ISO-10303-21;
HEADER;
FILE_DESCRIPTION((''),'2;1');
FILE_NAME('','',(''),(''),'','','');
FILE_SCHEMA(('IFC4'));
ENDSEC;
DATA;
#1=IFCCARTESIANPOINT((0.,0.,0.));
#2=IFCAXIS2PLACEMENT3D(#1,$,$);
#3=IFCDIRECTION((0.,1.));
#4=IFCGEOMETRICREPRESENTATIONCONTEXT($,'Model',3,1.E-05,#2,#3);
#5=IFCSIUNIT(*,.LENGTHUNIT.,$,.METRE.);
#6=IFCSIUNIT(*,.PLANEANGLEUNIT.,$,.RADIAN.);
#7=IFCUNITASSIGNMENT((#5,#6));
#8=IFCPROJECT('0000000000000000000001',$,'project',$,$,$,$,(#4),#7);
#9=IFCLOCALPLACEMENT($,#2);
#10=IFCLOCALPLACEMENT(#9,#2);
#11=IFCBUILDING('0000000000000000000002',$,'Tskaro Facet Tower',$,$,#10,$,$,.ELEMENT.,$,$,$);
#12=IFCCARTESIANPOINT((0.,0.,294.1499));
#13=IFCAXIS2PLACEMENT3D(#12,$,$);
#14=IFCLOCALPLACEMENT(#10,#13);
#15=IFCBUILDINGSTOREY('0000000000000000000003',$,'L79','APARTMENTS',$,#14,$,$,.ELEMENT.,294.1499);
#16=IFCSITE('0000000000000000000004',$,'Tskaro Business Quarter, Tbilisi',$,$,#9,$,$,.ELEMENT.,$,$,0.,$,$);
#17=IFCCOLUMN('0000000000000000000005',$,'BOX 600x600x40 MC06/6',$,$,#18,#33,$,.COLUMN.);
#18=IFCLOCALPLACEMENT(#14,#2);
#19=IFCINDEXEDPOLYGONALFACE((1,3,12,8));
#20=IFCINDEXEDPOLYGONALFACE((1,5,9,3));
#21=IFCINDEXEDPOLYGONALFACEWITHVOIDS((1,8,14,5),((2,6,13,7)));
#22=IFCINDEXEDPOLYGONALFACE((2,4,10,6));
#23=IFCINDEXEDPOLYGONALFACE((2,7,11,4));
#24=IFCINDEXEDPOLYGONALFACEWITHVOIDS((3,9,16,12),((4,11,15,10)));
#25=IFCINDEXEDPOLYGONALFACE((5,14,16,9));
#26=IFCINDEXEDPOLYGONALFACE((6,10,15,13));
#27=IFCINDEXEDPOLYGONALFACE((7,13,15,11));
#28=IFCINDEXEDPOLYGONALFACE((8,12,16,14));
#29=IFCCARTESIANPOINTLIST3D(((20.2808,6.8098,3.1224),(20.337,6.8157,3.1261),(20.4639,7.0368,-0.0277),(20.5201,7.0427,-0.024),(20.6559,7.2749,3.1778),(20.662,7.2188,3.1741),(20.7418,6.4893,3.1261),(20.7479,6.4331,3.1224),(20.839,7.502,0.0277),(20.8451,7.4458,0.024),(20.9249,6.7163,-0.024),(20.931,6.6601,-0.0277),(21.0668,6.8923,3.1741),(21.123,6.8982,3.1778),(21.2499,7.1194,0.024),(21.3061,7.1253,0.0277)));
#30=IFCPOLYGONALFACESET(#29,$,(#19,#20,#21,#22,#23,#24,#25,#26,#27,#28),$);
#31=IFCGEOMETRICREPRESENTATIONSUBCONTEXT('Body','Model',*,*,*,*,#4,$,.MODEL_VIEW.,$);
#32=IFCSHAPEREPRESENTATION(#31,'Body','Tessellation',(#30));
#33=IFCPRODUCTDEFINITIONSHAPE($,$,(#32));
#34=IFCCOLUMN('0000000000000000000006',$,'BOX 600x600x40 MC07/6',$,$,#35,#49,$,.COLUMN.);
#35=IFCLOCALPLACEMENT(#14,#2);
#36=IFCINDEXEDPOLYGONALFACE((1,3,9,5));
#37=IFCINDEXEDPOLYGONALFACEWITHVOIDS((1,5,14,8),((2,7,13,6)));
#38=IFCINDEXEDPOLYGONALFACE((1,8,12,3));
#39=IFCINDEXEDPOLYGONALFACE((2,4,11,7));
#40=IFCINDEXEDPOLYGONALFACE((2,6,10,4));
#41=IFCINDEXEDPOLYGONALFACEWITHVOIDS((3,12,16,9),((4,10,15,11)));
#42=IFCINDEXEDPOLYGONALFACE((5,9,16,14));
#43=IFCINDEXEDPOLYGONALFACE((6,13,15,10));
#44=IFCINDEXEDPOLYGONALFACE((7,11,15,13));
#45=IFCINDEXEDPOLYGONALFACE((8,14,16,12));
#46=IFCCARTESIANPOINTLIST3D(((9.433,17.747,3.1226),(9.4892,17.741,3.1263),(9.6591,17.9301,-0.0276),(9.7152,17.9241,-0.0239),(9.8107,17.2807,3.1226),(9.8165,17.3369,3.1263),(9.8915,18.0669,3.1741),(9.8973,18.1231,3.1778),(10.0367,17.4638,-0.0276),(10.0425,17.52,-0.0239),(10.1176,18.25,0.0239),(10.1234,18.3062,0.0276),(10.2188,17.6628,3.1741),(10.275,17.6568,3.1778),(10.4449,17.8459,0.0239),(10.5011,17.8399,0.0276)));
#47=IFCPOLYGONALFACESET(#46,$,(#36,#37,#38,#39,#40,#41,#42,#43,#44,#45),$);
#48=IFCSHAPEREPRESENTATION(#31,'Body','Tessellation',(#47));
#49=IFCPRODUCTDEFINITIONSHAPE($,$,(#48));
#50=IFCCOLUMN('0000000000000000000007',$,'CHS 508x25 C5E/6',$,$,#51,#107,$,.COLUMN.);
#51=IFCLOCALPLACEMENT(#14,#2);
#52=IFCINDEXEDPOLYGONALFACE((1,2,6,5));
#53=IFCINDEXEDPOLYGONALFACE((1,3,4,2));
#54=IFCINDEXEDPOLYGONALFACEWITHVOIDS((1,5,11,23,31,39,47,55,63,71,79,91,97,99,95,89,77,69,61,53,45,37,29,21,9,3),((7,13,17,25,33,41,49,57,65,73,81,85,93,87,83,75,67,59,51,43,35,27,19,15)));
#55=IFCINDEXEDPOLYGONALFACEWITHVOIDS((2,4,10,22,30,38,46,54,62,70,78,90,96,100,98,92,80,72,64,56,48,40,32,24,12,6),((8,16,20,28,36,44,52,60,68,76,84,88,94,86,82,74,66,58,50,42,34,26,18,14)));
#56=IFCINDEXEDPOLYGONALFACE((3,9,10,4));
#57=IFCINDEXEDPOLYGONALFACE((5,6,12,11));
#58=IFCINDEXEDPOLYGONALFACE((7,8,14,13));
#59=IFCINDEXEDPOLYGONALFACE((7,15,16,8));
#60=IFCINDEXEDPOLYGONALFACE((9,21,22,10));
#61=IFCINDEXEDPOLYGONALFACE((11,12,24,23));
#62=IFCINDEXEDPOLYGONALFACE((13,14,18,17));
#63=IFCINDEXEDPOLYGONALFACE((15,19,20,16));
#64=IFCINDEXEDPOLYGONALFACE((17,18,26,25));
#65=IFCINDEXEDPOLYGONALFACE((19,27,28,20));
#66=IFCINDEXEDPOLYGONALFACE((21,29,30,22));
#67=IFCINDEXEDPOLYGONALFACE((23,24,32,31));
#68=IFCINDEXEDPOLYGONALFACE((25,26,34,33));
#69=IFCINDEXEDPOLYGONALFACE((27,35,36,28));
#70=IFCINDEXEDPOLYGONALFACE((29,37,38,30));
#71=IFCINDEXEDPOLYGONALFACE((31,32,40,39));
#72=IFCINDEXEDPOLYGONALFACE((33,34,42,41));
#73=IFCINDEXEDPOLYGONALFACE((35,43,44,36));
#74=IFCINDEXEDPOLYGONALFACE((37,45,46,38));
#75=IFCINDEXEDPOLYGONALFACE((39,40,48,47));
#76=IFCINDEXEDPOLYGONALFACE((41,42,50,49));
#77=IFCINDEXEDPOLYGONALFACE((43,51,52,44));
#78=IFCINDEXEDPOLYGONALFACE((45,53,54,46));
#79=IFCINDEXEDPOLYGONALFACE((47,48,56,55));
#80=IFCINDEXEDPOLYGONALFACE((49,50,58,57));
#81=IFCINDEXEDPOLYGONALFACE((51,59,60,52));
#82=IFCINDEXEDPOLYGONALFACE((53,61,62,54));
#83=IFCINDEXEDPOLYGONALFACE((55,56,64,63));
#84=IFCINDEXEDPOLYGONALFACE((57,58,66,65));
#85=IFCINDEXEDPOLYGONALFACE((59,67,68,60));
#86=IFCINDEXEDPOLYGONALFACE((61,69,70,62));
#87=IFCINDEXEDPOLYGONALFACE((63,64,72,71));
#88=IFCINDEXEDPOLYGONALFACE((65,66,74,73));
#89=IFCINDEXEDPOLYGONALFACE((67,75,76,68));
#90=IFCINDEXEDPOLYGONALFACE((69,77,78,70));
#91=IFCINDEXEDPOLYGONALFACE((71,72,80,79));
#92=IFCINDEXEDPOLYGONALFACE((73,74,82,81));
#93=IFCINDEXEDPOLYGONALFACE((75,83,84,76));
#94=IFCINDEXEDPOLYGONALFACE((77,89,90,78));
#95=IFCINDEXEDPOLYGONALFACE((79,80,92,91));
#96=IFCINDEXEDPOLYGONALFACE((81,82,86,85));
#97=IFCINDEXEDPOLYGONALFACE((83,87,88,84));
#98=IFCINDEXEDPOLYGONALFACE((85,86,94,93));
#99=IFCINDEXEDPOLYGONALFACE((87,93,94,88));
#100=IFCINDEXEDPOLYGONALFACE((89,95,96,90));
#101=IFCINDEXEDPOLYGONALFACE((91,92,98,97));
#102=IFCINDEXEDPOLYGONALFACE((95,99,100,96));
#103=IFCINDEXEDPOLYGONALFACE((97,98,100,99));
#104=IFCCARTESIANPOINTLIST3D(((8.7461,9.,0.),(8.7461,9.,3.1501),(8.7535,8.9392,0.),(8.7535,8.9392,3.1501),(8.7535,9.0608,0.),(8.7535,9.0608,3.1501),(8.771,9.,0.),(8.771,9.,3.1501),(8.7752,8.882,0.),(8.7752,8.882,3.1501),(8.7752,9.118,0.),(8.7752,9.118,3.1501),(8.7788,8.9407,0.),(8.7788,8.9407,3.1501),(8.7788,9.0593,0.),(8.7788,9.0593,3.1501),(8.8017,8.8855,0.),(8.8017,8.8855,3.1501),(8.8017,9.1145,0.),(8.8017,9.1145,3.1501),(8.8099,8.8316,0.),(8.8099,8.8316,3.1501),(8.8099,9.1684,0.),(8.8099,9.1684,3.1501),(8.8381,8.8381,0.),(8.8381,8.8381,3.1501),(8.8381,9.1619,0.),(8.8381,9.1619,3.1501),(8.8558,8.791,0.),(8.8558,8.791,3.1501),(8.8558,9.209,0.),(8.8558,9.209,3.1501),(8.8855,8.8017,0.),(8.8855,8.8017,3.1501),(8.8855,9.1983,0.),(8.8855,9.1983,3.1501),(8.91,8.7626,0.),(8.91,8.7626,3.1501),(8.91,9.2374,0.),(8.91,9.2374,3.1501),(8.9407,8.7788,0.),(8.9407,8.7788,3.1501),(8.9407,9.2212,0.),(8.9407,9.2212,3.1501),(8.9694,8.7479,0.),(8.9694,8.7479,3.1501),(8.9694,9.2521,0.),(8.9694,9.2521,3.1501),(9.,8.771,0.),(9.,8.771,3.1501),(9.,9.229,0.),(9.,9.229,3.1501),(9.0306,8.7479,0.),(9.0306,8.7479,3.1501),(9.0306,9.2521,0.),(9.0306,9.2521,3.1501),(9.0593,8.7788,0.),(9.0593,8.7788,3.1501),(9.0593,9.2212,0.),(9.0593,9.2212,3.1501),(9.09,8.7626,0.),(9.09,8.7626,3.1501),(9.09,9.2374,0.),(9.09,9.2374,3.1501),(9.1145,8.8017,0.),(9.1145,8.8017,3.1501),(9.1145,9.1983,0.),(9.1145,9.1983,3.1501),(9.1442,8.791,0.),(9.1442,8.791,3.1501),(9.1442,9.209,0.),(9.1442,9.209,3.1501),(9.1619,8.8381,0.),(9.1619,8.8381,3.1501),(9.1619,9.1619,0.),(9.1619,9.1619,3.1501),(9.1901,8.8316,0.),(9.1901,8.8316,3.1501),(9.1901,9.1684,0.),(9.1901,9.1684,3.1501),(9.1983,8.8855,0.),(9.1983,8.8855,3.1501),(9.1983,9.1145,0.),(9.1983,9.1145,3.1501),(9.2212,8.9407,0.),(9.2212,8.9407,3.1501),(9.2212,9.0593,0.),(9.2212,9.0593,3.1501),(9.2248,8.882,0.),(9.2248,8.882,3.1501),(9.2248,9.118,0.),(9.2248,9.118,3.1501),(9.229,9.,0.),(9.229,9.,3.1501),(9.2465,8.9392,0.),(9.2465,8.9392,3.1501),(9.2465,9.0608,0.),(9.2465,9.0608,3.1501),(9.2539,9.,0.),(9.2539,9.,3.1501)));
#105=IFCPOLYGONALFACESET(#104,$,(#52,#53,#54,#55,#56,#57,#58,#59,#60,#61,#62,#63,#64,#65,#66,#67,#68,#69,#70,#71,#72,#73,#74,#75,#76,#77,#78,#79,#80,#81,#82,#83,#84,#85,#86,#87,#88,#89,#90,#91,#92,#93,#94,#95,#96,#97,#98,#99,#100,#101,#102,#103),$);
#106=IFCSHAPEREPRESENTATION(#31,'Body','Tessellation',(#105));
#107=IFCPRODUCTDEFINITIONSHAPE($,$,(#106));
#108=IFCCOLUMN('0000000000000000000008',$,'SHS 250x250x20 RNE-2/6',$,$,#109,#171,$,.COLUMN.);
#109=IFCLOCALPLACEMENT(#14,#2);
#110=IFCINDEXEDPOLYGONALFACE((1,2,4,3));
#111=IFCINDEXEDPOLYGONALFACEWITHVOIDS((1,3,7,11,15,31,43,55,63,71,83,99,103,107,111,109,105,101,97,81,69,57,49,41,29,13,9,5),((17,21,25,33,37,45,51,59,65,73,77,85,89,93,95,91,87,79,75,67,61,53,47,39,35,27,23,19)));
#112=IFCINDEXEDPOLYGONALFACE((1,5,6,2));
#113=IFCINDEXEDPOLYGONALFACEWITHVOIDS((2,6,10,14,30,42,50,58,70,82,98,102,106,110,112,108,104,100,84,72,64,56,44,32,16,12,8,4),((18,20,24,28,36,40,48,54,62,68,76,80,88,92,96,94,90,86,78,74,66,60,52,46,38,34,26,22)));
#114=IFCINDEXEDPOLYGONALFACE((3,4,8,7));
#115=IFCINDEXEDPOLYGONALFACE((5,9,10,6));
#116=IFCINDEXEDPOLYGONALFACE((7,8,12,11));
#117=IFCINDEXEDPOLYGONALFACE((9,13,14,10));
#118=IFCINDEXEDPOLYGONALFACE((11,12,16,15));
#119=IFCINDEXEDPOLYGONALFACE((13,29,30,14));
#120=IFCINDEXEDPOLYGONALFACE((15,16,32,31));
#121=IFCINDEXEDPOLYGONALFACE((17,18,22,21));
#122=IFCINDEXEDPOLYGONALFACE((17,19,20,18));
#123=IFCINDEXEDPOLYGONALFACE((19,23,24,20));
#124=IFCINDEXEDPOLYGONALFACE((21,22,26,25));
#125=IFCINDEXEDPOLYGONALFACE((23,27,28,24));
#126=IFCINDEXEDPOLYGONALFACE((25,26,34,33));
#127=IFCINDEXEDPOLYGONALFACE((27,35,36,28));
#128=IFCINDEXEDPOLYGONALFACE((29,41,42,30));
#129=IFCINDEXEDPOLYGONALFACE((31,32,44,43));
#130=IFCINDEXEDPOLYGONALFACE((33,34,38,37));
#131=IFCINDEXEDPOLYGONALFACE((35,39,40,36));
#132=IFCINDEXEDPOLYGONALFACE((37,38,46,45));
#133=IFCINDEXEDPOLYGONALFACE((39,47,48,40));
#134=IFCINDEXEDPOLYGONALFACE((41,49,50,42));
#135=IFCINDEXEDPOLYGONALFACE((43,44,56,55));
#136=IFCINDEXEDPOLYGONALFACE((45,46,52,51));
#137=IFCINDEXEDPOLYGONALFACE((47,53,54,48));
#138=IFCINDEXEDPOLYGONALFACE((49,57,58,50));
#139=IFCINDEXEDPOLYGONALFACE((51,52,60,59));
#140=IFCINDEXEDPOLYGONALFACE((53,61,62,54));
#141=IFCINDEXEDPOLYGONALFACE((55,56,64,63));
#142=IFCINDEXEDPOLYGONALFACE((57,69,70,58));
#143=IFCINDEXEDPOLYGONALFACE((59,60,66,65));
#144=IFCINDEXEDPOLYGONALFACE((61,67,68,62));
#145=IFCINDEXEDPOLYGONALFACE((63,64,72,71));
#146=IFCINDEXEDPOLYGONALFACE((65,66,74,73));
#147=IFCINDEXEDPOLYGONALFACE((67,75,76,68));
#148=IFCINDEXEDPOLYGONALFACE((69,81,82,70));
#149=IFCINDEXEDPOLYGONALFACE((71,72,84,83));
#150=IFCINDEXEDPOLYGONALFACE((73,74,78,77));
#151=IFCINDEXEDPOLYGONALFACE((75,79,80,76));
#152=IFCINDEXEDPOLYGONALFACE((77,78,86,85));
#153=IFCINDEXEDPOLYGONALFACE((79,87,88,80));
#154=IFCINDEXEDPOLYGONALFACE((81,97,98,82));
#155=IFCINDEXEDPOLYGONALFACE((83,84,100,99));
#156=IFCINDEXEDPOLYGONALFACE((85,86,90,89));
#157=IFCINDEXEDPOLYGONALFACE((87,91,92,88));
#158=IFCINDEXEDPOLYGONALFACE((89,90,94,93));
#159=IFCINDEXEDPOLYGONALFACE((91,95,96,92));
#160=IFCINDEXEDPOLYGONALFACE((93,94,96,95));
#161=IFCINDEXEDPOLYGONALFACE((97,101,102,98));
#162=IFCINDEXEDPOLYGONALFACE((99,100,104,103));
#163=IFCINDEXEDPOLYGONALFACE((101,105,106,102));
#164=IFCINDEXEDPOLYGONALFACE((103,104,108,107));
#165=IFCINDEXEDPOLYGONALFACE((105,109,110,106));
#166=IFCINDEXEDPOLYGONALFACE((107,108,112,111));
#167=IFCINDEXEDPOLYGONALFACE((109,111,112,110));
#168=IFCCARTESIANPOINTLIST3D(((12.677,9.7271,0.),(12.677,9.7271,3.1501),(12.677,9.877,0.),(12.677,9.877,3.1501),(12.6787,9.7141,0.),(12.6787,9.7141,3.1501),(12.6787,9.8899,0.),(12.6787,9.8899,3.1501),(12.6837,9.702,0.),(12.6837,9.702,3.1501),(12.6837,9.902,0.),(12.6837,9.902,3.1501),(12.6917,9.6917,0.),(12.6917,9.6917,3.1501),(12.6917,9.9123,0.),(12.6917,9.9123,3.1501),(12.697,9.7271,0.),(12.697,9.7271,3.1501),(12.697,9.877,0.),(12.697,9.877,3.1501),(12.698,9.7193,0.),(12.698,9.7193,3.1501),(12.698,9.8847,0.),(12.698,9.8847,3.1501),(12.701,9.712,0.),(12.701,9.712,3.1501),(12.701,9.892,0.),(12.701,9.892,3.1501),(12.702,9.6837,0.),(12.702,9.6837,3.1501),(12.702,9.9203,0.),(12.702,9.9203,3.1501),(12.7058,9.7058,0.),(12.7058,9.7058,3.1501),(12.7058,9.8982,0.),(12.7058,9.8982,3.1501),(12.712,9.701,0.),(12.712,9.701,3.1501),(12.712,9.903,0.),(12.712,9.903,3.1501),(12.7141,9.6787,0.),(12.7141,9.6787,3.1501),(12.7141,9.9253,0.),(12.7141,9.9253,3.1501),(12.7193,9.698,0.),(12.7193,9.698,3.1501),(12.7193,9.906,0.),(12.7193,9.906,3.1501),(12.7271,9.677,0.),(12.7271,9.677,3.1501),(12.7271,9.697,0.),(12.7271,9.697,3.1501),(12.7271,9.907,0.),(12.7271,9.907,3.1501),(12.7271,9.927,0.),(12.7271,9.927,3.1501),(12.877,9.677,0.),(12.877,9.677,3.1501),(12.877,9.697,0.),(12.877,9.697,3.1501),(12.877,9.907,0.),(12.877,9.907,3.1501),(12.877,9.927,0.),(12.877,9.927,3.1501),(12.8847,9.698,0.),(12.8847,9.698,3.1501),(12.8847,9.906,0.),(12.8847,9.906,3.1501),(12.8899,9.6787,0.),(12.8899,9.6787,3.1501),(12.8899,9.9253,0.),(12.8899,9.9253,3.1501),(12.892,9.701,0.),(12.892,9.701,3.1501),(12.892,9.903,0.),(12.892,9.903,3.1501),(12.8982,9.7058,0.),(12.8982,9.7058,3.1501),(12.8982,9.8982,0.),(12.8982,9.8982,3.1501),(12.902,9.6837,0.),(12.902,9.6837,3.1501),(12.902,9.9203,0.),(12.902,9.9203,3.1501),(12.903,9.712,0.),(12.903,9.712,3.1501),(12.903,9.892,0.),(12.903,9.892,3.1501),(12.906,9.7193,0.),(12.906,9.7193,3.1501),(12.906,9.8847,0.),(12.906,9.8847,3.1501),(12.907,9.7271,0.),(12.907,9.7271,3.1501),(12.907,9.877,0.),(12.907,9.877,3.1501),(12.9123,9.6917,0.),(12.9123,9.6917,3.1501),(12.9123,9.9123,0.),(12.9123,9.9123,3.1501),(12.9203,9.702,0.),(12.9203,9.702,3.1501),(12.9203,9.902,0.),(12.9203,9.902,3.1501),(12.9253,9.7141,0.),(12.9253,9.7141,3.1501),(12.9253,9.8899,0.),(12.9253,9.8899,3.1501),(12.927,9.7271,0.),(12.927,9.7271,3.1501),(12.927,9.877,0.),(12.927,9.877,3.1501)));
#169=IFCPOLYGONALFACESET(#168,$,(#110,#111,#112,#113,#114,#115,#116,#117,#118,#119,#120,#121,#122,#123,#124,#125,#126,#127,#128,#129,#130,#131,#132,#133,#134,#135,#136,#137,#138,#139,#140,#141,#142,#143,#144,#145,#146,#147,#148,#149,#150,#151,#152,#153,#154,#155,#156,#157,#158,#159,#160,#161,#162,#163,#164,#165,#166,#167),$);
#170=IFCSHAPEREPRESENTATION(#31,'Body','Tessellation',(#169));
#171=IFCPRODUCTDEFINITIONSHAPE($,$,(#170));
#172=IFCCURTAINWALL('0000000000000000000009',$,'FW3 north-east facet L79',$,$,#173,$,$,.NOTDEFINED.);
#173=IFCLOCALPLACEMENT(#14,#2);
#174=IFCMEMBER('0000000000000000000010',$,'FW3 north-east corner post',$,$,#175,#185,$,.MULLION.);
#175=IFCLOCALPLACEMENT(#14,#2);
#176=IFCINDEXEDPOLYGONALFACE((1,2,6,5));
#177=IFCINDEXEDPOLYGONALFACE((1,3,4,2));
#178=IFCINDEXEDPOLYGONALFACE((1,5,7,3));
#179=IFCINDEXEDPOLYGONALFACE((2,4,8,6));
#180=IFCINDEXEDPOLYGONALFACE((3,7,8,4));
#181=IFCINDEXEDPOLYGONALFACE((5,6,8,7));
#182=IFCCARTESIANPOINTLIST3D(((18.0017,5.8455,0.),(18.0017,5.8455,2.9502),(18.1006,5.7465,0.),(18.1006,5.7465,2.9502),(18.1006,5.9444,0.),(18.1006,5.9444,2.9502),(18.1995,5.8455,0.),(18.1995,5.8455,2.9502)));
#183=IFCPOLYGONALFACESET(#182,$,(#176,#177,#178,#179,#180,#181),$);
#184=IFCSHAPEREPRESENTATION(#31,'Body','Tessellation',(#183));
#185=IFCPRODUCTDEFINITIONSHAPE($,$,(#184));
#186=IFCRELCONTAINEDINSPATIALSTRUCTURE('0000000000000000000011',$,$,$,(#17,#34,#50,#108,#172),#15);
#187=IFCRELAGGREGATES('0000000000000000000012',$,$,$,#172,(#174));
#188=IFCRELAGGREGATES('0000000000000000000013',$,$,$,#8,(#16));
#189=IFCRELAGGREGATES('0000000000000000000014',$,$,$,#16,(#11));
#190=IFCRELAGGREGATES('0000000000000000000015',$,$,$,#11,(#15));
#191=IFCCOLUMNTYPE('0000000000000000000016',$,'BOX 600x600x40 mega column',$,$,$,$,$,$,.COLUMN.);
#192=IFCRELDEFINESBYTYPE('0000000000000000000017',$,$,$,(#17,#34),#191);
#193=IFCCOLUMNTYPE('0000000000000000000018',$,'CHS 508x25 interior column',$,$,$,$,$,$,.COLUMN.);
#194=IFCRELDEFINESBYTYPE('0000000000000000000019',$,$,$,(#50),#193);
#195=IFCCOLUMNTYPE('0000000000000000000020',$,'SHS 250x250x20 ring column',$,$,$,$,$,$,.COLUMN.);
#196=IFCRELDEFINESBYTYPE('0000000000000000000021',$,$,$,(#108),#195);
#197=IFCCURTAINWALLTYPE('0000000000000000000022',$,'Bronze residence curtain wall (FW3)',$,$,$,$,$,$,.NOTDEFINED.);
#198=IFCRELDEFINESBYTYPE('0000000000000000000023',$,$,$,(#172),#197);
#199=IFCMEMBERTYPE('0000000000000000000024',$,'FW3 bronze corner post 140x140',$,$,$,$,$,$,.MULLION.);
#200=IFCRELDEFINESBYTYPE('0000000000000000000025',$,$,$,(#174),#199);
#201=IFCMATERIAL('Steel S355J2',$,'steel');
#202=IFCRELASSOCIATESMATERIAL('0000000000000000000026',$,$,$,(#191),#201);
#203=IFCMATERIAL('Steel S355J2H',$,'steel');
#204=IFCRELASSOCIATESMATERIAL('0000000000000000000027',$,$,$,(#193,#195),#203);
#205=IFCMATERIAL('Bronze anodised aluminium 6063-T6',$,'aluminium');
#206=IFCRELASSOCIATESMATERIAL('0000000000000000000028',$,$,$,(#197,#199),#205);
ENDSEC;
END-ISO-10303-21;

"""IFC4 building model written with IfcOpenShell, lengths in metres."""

from ifc_helpers import new_model, si_unit, direction, frame, origin, origin_2d, place, context, subcontext, project, spatial, rectangle, hollow_rectangle, hollow_circle, extrude, material, material_profile, profile_set, type_object, element, aggregate, save


model = new_model("IFC4")

# Units and contexts
model_context = context("Model", 3, precision=1e-05, world=origin(), true_north=direction((0.0, 1.0)))
body_context = subcontext(model_context, "Body", "Model", "MODEL_VIEW")
ifc_project = project(units=[si_unit("LENGTHUNIT", "METRE"), si_unit("PLANEANGLEUNIT", "RADIAN")], contexts=[model_context])

# Site, building, storey
site_placement = place(None, origin())
site = spatial("IfcSite", under=ifc_project, at=site_placement, Name="Tskaro Business Quarter, Tbilisi", CompositionType="ELEMENT", RefElevation=0.0)
building_placement = place(site_placement, origin())
building = spatial("IfcBuilding", under=site, at=building_placement, Name="Tskaro Facet Tower", CompositionType="ELEMENT")
storey_placement = place(building_placement, frame((0.0, 0.0, 294.1499)))
storey = spatial("IfcBuildingStorey", under=building, at=storey_placement, Name="L79", Description="APARTMENTS", CompositionType="ELEMENT", Elevation=294.1499)

# Columns
ifc_material_1 = material(Name="Steel S355J2", Category="steel")
ifc_material_profile_1 = material_profile(ifc_material_1, hollow_rectangle(XDim=0.6001, YDim=0.6001, WallThickness=0.04, at=origin_2d()), Name="BOX 600x600x40")
ifc_profile_set_1 = profile_set([ifc_material_profile_1], Name="Steel S355J2")
column_type_1 = type_object("IfcColumnType", Name="BOX 600x600x40 mega column", PredefinedType="COLUMN", material=ifc_profile_set_1)
for number, where, z_axis, x_axis, name in (
    (1, (20.885, 7.0811, 0.0), (-0.057878, -0.071769, 0.995741), (0.778413, -0.627752, 0.0), "BOX 600x600x40 MC06/6"),
    (2, (10.0801, 17.885, 0.0), (-0.071462, -0.05788, 0.995763), (0.629391, -0.777089, 0.0), "BOX 600x600x40 MC07/6"),
):
    element("IfcColumn", number, at=place(storey_placement, frame(where, z_axis=z_axis, x_axis=x_axis)), inside=storey, type_object=column_type_1, Name=name, PredefinedType="COLUMN", context=body_context, shape_type="SweptSolid", body=[
        extrude(hollow_rectangle(XDim=0.6001, YDim=0.6001, WallThickness=0.04, at=origin_2d()), origin(), (0.0, 0.0, 1.0), 3.1636),
    ])
ifc_material_2 = material(Name="Steel S355J2H", Category="steel")
ifc_material_profile_2 = material_profile(ifc_material_2, hollow_circle(Radius=0.2539, WallThickness=0.0249, at=origin_2d()), Name="CHS 508x25")
ifc_profile_set_2 = profile_set([ifc_material_profile_2], Name="Steel S355J2H")
column_type_2 = type_object("IfcColumnType", Name="CHS 508x25 interior column", PredefinedType="COLUMN", material=ifc_profile_set_2)
column_1_placement = place(storey_placement, frame((9.0, 9.0, 0.0), z_axis=(0.0, 0.0, 1.0), x_axis=(1.0, 0.0, 0.0)))
element("IfcColumn", 3, at=column_1_placement, inside=storey, type_object=column_type_2, Name="CHS 508x25 C5E/6", PredefinedType="COLUMN", context=body_context, shape_type="SweptSolid", body=[
    extrude(hollow_circle(Radius=0.2539, WallThickness=0.0249, at=origin_2d()), origin(), (0.0, 0.0, 1.0), 3.1501),
])
ifc_material_profile_3 = material_profile(ifc_material_2, hollow_rectangle(XDim=0.25, YDim=0.25, WallThickness=0.02, InnerFilletRadius=0.03, OuterFilletRadius=0.05, at=origin_2d()), Name="SHS 250x250x20")
ifc_profile_set_3 = profile_set([ifc_material_profile_3], Name="Steel S355J2H")
column_type_3 = type_object("IfcColumnType", Name="SHS 250x250x20 ring column", PredefinedType="COLUMN", material=ifc_profile_set_3)
column_2_placement = place(storey_placement, frame((12.802, 9.802, 0.0), z_axis=(0.0, 0.0, 1.0), x_axis=(1.0, 0.0, 0.0)))
element("IfcColumn", 4, at=column_2_placement, inside=storey, type_object=column_type_3, Name="SHS 250x250x20 RNE-2/6", PredefinedType="COLUMN", context=body_context, shape_type="SweptSolid", body=[
    extrude(hollow_rectangle(XDim=0.25, YDim=0.25, WallThickness=0.02, InnerFilletRadius=0.03, OuterFilletRadius=0.05, at=origin_2d()), origin(), (0.0, 0.0, 1.0), 3.1501),
])

# Curtain wall, member
ifc_material_3 = material(Name="Bronze anodised aluminium 6063-T6", Category="aluminium")
curtain_wall_type = type_object("IfcCurtainWallType", Name="Bronze residence curtain wall (FW3)", PredefinedType="NOTDEFINED", material=ifc_material_3)
curtain_wall_placement = place(storey_placement, origin())
curtain_wall = element("IfcCurtainWall", 5, at=curtain_wall_placement, inside=storey, type_object=curtain_wall_type, Name="FW3 north-east facet L79", PredefinedType="NOTDEFINED")
ifc_material_profile_4 = material_profile(ifc_material_3, rectangle(XDim=0.1399, YDim=0.1399, at=origin_2d()), Name="Corner post 140x140")
ifc_profile_set_4 = profile_set([ifc_material_profile_4], Name="Bronze anodised aluminium 6063-T6")
member_type_1 = type_object("IfcMemberType", Name="FW3 bronze corner post 140x140", PredefinedType="MULLION", material=ifc_profile_set_4)
member_1_placement = place(storey_placement, frame((18.1006, 5.8455, 0.0), z_axis=(0.0, 0.0, 1.0), x_axis=(-0.707107, 0.707107, 0.0)))
member_1 = element("IfcMember", 6, at=member_1_placement, type_object=member_type_1, Name="FW3 north-east corner post", PredefinedType="MULLION", context=body_context, shape_type="SweptSolid", body=[
    extrude(rectangle(XDim=0.1399, YDim=0.1399, at=origin_2d()), origin(), (0.0, 0.0, 1.0), 2.9502),
])

aggregate(curtain_wall, [member_1])

save(model, "model.ifc")
